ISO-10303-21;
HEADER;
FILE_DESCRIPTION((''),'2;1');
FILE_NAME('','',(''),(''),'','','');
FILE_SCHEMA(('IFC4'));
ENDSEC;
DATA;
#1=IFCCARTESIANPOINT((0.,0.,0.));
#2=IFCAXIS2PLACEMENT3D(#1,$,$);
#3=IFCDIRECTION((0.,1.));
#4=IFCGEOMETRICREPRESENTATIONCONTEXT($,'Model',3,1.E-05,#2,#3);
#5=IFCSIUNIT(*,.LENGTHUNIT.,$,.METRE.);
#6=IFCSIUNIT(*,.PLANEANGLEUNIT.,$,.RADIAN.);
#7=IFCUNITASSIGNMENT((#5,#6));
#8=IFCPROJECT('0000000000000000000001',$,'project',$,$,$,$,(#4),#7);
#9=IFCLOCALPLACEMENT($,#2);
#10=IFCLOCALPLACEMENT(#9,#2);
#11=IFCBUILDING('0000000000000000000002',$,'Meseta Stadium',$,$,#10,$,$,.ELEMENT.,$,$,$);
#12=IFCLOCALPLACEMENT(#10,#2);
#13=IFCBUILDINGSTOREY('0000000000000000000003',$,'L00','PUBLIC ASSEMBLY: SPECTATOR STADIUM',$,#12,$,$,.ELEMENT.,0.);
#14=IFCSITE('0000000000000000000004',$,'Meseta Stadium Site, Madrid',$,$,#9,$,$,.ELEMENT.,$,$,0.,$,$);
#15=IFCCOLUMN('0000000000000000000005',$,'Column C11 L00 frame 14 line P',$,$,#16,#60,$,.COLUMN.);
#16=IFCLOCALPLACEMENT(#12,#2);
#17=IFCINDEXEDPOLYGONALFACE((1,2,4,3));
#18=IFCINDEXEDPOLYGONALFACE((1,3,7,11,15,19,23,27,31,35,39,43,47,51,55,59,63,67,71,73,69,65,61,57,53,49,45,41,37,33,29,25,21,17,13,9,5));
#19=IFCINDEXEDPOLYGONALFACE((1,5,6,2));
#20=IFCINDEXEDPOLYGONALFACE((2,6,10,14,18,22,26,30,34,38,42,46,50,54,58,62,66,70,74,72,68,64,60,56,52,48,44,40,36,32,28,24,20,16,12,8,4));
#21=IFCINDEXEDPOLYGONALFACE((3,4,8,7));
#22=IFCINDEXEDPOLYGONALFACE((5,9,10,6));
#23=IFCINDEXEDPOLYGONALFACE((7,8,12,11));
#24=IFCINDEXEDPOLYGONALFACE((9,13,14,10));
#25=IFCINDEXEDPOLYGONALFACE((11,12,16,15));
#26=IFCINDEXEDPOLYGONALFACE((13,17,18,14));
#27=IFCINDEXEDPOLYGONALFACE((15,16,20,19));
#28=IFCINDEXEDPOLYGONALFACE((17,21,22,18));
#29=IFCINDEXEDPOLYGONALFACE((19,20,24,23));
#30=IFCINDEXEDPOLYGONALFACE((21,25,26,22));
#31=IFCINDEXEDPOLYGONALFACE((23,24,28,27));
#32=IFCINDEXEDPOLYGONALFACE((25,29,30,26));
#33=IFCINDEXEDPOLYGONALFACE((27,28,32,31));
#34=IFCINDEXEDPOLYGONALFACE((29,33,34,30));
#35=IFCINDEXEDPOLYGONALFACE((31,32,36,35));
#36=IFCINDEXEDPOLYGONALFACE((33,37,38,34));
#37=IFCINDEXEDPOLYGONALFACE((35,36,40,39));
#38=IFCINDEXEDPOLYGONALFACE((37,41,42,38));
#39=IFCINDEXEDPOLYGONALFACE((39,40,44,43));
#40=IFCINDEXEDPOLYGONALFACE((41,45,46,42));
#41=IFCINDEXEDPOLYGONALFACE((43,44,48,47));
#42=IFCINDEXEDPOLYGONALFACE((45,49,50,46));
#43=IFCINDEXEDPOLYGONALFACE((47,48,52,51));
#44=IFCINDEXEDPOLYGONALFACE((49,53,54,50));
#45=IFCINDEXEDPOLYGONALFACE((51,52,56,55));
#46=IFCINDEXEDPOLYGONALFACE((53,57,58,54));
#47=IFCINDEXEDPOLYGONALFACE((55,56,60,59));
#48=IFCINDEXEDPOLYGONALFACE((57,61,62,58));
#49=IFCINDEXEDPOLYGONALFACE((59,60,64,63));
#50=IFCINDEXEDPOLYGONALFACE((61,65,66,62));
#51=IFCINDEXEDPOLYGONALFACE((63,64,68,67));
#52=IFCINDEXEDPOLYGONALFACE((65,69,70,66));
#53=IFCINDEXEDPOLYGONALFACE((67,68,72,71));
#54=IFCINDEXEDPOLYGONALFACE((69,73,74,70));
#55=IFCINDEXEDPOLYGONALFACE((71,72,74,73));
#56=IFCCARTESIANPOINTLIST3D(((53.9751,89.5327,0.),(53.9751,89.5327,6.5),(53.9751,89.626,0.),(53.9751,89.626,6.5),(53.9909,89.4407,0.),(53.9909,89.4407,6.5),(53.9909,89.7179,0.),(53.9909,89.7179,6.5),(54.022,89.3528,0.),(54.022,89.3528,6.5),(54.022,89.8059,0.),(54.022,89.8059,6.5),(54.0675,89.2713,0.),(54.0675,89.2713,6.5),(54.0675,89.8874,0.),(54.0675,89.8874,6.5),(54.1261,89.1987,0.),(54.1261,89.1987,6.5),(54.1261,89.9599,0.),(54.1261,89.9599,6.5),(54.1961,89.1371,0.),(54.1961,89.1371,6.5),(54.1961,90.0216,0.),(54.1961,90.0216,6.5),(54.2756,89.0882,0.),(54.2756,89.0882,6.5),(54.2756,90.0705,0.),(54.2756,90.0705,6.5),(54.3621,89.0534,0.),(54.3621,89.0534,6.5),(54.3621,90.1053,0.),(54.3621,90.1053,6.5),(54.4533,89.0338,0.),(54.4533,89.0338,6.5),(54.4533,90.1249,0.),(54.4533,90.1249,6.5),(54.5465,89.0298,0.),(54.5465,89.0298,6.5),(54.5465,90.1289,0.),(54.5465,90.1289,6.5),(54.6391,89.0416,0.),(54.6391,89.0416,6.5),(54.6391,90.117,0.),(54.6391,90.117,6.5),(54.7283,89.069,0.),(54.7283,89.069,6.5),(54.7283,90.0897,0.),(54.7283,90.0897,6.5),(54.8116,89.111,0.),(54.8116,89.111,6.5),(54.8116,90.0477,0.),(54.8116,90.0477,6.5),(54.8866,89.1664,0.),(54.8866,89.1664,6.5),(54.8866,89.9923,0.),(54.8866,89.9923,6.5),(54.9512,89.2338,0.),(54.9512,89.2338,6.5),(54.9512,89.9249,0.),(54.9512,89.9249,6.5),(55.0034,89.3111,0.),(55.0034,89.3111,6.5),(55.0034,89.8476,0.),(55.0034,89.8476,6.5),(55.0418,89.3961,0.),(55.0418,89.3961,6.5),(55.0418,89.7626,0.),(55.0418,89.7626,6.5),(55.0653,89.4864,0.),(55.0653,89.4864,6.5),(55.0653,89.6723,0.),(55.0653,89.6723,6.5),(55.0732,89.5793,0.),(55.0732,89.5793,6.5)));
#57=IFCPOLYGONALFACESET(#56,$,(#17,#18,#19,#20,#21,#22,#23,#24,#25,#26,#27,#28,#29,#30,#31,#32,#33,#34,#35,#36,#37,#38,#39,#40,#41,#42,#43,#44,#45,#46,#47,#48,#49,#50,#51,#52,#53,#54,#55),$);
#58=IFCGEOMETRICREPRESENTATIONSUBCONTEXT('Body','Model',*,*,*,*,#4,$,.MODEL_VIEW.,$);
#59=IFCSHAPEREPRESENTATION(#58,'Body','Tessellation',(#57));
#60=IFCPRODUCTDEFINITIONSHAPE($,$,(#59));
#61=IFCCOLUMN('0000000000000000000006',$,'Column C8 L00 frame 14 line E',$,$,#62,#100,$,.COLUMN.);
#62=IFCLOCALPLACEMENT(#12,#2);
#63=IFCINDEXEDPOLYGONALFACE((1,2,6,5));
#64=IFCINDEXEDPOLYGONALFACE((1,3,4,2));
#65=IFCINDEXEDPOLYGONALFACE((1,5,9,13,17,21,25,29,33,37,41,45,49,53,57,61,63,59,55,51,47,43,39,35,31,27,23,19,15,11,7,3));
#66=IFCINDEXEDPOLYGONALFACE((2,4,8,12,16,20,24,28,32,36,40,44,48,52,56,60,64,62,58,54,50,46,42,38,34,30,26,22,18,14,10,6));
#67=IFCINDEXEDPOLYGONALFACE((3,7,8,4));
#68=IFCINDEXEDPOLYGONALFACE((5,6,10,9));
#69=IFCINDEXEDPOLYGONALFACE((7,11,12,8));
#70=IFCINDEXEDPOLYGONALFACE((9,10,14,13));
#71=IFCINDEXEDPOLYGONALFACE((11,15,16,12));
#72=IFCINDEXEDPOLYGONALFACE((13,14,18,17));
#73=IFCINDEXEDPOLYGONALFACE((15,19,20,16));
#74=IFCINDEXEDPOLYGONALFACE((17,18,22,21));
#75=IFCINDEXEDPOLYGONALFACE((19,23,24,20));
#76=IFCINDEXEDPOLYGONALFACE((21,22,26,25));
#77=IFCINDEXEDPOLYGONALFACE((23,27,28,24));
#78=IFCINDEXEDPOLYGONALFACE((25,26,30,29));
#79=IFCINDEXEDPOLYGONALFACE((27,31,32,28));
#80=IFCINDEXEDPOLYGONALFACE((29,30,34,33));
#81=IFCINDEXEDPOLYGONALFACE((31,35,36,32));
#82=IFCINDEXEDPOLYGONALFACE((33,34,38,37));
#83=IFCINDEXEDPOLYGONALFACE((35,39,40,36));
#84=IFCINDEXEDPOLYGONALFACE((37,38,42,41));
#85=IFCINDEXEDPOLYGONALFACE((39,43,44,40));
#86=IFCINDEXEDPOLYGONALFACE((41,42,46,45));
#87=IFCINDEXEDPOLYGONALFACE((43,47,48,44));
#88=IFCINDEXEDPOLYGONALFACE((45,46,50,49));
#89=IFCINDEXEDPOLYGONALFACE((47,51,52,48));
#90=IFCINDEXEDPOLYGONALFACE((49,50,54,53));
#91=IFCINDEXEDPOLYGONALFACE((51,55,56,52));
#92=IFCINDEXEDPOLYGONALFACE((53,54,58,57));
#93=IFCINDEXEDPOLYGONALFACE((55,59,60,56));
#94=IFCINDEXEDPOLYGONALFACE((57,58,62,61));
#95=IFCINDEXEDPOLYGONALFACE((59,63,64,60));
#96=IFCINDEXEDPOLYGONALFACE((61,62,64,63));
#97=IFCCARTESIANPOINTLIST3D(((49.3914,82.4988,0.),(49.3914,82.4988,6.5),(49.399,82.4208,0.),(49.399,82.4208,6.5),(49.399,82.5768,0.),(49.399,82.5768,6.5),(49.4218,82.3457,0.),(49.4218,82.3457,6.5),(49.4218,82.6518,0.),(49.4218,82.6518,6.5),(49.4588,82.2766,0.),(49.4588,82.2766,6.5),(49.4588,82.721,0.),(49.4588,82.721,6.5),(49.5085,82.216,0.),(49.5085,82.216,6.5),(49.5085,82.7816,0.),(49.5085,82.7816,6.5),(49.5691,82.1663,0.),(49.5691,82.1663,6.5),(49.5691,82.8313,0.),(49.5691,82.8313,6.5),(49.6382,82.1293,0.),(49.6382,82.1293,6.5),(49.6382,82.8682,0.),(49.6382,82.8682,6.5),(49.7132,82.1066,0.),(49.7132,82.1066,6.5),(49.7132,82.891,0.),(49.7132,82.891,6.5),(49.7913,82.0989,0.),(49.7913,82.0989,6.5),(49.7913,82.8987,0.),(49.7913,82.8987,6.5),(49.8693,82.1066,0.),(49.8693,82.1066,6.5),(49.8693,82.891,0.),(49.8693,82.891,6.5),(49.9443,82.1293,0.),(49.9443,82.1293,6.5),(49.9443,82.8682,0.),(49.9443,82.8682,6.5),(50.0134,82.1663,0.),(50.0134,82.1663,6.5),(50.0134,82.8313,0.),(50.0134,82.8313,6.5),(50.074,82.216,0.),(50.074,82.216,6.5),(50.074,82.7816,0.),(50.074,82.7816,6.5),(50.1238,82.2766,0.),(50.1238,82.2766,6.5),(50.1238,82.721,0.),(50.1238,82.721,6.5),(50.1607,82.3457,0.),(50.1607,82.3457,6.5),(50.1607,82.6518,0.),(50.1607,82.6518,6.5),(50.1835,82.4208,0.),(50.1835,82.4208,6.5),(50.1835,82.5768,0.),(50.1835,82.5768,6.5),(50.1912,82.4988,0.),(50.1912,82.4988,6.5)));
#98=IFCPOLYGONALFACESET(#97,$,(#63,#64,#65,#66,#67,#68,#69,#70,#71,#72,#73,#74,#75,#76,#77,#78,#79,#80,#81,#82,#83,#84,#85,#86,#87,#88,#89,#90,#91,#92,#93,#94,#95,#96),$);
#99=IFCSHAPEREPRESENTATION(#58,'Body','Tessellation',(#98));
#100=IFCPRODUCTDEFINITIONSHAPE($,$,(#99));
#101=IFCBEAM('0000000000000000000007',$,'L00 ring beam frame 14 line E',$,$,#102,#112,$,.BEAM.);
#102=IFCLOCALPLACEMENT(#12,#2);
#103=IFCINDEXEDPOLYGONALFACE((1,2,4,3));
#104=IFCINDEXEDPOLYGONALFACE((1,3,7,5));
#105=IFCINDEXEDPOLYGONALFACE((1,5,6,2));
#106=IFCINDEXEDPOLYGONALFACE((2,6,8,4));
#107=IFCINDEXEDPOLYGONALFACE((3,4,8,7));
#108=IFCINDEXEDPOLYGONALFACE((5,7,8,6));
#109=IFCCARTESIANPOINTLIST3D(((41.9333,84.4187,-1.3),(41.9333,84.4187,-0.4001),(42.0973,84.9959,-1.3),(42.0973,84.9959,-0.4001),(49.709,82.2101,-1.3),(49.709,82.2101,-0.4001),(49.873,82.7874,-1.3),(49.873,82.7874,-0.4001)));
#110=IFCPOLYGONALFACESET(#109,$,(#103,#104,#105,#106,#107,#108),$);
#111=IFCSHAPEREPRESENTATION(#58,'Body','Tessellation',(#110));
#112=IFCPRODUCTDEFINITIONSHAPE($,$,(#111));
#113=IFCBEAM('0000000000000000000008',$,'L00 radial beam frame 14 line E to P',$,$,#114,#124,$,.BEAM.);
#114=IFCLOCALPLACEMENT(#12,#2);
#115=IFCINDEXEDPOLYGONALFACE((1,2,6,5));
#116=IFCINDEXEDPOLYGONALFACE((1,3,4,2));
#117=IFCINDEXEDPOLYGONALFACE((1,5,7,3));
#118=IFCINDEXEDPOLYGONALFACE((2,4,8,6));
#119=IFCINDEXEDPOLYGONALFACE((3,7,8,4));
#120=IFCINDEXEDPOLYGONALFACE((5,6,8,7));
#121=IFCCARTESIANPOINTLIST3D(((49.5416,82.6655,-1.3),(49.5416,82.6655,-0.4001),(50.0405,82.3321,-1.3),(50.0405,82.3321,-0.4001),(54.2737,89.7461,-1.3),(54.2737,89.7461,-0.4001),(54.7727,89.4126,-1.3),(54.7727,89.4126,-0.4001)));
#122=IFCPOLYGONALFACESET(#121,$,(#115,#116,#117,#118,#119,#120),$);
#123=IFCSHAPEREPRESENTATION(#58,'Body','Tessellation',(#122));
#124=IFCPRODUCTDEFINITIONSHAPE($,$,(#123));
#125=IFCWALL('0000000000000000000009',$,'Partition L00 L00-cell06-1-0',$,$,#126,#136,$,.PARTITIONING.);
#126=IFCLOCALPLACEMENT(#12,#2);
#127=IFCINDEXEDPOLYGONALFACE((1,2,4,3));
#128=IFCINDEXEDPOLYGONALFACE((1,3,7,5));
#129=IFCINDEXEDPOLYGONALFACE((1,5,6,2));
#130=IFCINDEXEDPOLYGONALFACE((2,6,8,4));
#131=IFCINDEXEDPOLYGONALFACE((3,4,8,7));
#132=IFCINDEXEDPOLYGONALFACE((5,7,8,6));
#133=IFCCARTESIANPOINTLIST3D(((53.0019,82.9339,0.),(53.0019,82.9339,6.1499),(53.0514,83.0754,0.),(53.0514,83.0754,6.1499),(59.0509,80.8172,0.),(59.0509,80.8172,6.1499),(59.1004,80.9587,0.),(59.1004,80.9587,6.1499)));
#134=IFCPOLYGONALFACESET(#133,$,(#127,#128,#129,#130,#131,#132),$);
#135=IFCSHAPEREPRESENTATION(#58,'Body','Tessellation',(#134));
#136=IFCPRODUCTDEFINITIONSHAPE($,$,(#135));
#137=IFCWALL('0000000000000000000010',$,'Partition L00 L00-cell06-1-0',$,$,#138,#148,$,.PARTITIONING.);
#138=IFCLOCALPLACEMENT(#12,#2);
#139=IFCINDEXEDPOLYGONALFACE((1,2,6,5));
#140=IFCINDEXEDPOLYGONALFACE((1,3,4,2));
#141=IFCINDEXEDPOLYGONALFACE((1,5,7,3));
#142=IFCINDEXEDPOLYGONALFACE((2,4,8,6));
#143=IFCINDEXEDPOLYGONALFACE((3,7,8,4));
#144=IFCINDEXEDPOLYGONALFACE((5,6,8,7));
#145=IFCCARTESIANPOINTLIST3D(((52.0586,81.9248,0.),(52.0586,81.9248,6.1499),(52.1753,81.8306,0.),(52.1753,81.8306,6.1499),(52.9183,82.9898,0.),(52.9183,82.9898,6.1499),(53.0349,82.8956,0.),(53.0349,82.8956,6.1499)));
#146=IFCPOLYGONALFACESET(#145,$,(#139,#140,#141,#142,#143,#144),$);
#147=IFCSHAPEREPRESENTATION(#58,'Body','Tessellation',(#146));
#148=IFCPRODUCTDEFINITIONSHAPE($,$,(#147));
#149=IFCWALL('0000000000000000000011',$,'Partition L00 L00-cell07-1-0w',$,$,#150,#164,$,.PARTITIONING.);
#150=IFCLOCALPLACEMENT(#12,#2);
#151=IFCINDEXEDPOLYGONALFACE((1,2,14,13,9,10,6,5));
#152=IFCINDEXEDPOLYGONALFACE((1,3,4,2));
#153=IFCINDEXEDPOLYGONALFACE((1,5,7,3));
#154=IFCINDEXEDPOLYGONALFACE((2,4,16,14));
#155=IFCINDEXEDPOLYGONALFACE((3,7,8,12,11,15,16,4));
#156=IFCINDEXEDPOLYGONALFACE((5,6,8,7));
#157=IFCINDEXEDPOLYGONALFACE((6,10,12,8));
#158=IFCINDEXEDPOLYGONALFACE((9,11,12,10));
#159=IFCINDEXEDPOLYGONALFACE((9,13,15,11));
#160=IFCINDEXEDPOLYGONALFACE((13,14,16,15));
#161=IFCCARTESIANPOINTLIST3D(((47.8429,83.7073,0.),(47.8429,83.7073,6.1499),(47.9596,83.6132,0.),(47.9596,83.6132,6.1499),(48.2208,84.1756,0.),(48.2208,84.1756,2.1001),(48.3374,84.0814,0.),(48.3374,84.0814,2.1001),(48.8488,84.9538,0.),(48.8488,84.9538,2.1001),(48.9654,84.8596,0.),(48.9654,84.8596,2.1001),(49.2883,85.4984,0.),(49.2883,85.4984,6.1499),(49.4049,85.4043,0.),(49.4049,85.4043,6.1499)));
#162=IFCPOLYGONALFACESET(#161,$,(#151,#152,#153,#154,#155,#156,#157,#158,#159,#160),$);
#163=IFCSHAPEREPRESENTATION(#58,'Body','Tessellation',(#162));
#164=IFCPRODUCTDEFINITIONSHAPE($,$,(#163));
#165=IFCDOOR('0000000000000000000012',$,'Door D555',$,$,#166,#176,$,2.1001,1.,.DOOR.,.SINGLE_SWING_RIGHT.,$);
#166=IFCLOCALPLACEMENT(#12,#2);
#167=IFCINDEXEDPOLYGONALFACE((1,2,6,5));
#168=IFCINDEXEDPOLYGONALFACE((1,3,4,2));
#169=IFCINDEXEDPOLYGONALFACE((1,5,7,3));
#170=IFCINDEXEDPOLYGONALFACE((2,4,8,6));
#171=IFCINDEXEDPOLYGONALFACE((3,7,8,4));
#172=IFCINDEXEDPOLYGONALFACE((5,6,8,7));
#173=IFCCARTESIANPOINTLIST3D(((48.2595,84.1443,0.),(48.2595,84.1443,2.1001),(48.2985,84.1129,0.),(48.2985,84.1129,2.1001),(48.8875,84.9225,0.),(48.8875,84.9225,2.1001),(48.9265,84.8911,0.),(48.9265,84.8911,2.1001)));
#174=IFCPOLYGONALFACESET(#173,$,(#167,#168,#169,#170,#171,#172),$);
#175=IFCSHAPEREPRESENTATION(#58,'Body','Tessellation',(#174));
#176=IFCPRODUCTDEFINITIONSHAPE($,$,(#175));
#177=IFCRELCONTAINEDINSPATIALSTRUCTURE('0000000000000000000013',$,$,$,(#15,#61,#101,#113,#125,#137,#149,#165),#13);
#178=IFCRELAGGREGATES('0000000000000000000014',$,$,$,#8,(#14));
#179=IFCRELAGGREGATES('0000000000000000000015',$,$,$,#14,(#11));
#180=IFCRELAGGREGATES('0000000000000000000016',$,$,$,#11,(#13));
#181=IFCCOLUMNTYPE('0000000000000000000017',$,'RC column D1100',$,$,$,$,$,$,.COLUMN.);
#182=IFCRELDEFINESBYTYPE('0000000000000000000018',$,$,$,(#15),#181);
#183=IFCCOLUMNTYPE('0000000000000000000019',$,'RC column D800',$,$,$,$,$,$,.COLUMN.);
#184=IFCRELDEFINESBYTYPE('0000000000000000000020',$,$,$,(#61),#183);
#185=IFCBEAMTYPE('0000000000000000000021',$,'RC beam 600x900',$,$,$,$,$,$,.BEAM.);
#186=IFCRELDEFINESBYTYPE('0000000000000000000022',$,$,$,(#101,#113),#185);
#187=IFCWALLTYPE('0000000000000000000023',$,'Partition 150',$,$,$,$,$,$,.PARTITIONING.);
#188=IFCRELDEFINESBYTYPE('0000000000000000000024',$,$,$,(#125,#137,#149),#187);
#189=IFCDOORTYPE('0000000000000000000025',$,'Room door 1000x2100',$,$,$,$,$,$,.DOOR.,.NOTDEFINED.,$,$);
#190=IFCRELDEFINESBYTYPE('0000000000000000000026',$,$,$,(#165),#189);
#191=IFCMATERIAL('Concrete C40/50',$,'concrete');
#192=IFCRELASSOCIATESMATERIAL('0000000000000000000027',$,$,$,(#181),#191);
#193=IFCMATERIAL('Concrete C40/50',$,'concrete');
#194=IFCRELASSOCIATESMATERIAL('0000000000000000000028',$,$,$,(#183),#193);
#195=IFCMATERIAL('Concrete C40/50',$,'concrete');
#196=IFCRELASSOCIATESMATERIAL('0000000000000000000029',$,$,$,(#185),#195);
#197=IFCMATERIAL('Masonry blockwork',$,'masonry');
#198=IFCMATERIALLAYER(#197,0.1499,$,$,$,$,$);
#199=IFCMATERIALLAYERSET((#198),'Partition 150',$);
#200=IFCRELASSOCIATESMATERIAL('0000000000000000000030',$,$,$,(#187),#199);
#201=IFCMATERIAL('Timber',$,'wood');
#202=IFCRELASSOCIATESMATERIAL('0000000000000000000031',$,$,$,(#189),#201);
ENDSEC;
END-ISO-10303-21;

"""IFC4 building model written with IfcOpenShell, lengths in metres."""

from ifc_helpers import new_model, si_unit, direction, frame, frame_2d, origin, origin_2d, place, context, subcontext, project, spatial, rectangle, circle, extrude, material, layer, layer_set, material_profile, profile_set, type_object, element, fill, save


model = new_model("IFC4")

# Units and contexts
model_context = context("Model", 3, precision=1e-05, world=origin(), true_north=direction((0.0, 1.0)))
body_context = subcontext(model_context, "Body", "Model", "MODEL_VIEW")
ifc_project = project(units=[si_unit("LENGTHUNIT", "METRE"), si_unit("PLANEANGLEUNIT", "RADIAN")], contexts=[model_context])

# Site, building, storey
site_placement = place(None, origin())
site = spatial("IfcSite", under=ifc_project, at=site_placement, Name="Meseta Stadium Site, Madrid", CompositionType="ELEMENT", RefElevation=0.0)
building_placement = place(site_placement, origin())
building = spatial("IfcBuilding", under=site, at=building_placement, Name="Meseta Stadium", CompositionType="ELEMENT")
storey_placement = place(building_placement, origin())
storey = spatial("IfcBuildingStorey", under=building, at=storey_placement, Name="L00", Description="PUBLIC ASSEMBLY: SPECTATOR STADIUM", CompositionType="ELEMENT", Elevation=0.0)

# Columns
ifc_material_1 = material(Name="Concrete C40/50", Category="concrete")
ifc_material_profile_1 = material_profile(ifc_material_1, circle(Radius=0.55, at=origin_2d()), Name="RC D1100")
ifc_profile_set_1 = profile_set([ifc_material_profile_1], Name="Concrete C40/50")
column_type_1 = type_object("IfcColumnType", Name="RC column D1100", PredefinedType="COLUMN", material=ifc_profile_set_1)
column_1_placement = place(storey_placement, frame((54.5232, 89.5793, 0.0), z_axis=(0.0, 0.0, 1.0), x_axis=(1.0, 0.0, 0.0)))
element("IfcColumn", 1, at=column_1_placement, inside=storey, type_object=column_type_1, Name="Column C11 L00 frame 14 line P", PredefinedType="COLUMN", context=body_context, shape_type="SweptSolid", body=[
    extrude(circle(Radius=0.55, at=origin_2d()), origin(), (0.0, 0.0, 1.0), 6.5),
])
ifc_material_2 = material(Name="Concrete C40/50", Category="concrete")
ifc_material_profile_2 = material_profile(ifc_material_2, circle(Radius=0.3999, at=origin_2d()), Name="RC D800")
ifc_profile_set_2 = profile_set([ifc_material_profile_2], Name="Concrete C40/50")
column_type_2 = type_object("IfcColumnType", Name="RC column D800", PredefinedType="COLUMN", material=ifc_profile_set_2)
column_2_placement = place(storey_placement, frame((49.7913, 82.4988, 0.0), z_axis=(0.0, 0.0, 1.0), x_axis=(1.0, 0.0, 0.0)))
element("IfcColumn", 2, at=column_2_placement, inside=storey, type_object=column_type_2, Name="Column C8 L00 frame 14 line E", PredefinedType="COLUMN", context=body_context, shape_type="SweptSolid", body=[
    extrude(circle(Radius=0.3999, at=origin_2d()), origin(), (0.0, 0.0, 1.0), 6.5),
])

# Beams
ifc_material_3 = material(Name="Concrete C40/50", Category="concrete")
ifc_material_profile_3 = material_profile(ifc_material_3, rectangle(XDim=0.6001, YDim=0.8999, at=origin_2d()), Name="RC 600x900")
ifc_profile_set_3 = profile_set([ifc_material_profile_3], Name="Concrete C40/50")
beam_type = type_object("IfcBeamType", Name="RC beam 600x900", PredefinedType="BEAM", material=ifc_profile_set_3)
beam_1_placement = place(storey_placement, frame((49.791, 82.4988, -0.8501), z_axis=(-0.961951, 0.273221, 0.0), x_axis=(-0.273221, -0.961951, 0.0)))
element("IfcBeam", 3, at=beam_1_placement, inside=storey, type_object=beam_type, Name="L00 ring beam frame 14 line E", PredefinedType="BEAM", context=body_context, shape_type="SweptSolid", body=[
    extrude(rectangle(XDim=0.6001, YDim=0.8999, at=origin_2d()), origin(), (0.0, 0.0, 1.0), 8.0833),
])
beam_2_placement = place(storey_placement, frame((49.791, 82.4988, -0.8501), z_axis=(0.555659, 0.83141, 0.0), x_axis=(-0.83141, 0.555659, 0.0)))
element("IfcBeam", 4, at=beam_2_placement, inside=storey, type_object=beam_type, Name="L00 radial beam frame 14 line E to P", PredefinedType="BEAM", context=body_context, shape_type="SweptSolid", body=[
    extrude(rectangle(XDim=0.6001, YDim=0.8999, at=origin_2d()), origin(), (0.0, 0.0, 1.0), 8.5164),
])

# Walls
ifc_material_4 = material(Name="Masonry blockwork", Category="masonry")
ifc_layer = layer(ifc_material_4, 0.1499)
ifc_layer_set = layer_set([ifc_layer], Name="Partition 150")
wall_type = type_object("IfcWallType", Name="Partition 150", PredefinedType="PARTITIONING", material=ifc_layer_set)
wall_1_placement = place(storey_placement, frame((53.0266, 83.0046, 0.0), z_axis=(0.0, 0.0, 1.0), x_axis=(0.943882, -0.330284, 0.0)))
element("IfcWall", 5, at=wall_1_placement, inside=storey, type_object=wall_type, Name="Partition L00 L00-cell06-1-0", PredefinedType="PARTITIONING", context=body_context, shape_type="SweptSolid", body=[
    extrude(rectangle(XDim=6.4087, YDim=0.1499, at=frame_2d((3.2043, 0.0))), origin(), (0.0, 0.0, 1.0), 6.1499),
])
wall_2_placement = place(storey_placement, frame((52.1169, 81.8777, 0.0), z_axis=(0.0, 0.0, 1.0), x_axis=(0.628105, 0.778129, 0.0)))
element("IfcWall", 6, at=wall_2_placement, inside=storey, type_object=wall_type, Name="Partition L00 L00-cell06-1-0", PredefinedType="PARTITIONING", context=body_context, shape_type="SweptSolid", body=[
    extrude(rectangle(XDim=1.3687, YDim=0.1499, at=frame_2d((0.6843, 0.0))), origin(), (0.0, 0.0, 1.0), 6.1499),
])

# Wall, opening, door
wall_3_placement = place(storey_placement, frame((49.3467, 85.4514, 0.0), z_axis=(0.0, 0.0, 1.0), x_axis=(-0.628001, -0.778212, 0.0)))
wall_3 = element("IfcWall", 7, at=wall_3_placement, inside=storey, type_object=wall_type, Name="Partition L00 L00-cell07-1-0w", PredefinedType="PARTITIONING", context=body_context, shape_type="SweptSolid", body=[
    extrude(rectangle(XDim=2.3015, YDim=0.1499, at=frame_2d((1.1509, 0.0))), origin(), (0.0, 0.0, 1.0), 6.1499),
])
opening_1_placement = place(wall_3_placement, frame((0.7, 0.0, 0.0)))
opening_1 = element("IfcOpeningElement", 8, at=opening_1_placement, cuts=wall_3, PredefinedType="OPENING", context=body_context, shape_type="SweptSolid", body=[
    extrude(rectangle(XDim=1.0, YDim=2.1001, at=frame_2d((0.5, 1.05))), frame((0.0, 0.085, 0.0), z_axis=(0.0, -1.0, 0.0), x_axis=(1.0, 0.0, 0.0)), (0.0, 0.0, 1.0), 0.1699),
])
ifc_material_5 = material(Name="Timber", Category="wood")
door_type_1 = type_object("IfcDoorType", Name="Room door 1000x2100", OperationType="NOTDEFINED", PredefinedType="DOOR", material=ifc_material_5)
door_1_placement = place(opening_1_placement, origin())
door_1 = element("IfcDoor", 9, at=door_1_placement, inside=storey, type_object=door_type_1, Name="Door D555", OperationType="SINGLE_SWING_RIGHT", OverallHeight=2.1001, OverallWidth=1.0, PredefinedType="DOOR", context=body_context, shape_type="SweptSolid", body=[
    extrude(rectangle(XDim=1.0, YDim=2.1001, at=frame_2d((0.5, 1.05))), frame((0.0, 0.0249, 0.0), z_axis=(0.0, -1.0, 0.0), x_axis=(1.0, 0.0, 0.0)), (0.0, 0.0, 1.0), 0.05),
])
fill(opening_1, door_1)

save(model, "model.ifc")
